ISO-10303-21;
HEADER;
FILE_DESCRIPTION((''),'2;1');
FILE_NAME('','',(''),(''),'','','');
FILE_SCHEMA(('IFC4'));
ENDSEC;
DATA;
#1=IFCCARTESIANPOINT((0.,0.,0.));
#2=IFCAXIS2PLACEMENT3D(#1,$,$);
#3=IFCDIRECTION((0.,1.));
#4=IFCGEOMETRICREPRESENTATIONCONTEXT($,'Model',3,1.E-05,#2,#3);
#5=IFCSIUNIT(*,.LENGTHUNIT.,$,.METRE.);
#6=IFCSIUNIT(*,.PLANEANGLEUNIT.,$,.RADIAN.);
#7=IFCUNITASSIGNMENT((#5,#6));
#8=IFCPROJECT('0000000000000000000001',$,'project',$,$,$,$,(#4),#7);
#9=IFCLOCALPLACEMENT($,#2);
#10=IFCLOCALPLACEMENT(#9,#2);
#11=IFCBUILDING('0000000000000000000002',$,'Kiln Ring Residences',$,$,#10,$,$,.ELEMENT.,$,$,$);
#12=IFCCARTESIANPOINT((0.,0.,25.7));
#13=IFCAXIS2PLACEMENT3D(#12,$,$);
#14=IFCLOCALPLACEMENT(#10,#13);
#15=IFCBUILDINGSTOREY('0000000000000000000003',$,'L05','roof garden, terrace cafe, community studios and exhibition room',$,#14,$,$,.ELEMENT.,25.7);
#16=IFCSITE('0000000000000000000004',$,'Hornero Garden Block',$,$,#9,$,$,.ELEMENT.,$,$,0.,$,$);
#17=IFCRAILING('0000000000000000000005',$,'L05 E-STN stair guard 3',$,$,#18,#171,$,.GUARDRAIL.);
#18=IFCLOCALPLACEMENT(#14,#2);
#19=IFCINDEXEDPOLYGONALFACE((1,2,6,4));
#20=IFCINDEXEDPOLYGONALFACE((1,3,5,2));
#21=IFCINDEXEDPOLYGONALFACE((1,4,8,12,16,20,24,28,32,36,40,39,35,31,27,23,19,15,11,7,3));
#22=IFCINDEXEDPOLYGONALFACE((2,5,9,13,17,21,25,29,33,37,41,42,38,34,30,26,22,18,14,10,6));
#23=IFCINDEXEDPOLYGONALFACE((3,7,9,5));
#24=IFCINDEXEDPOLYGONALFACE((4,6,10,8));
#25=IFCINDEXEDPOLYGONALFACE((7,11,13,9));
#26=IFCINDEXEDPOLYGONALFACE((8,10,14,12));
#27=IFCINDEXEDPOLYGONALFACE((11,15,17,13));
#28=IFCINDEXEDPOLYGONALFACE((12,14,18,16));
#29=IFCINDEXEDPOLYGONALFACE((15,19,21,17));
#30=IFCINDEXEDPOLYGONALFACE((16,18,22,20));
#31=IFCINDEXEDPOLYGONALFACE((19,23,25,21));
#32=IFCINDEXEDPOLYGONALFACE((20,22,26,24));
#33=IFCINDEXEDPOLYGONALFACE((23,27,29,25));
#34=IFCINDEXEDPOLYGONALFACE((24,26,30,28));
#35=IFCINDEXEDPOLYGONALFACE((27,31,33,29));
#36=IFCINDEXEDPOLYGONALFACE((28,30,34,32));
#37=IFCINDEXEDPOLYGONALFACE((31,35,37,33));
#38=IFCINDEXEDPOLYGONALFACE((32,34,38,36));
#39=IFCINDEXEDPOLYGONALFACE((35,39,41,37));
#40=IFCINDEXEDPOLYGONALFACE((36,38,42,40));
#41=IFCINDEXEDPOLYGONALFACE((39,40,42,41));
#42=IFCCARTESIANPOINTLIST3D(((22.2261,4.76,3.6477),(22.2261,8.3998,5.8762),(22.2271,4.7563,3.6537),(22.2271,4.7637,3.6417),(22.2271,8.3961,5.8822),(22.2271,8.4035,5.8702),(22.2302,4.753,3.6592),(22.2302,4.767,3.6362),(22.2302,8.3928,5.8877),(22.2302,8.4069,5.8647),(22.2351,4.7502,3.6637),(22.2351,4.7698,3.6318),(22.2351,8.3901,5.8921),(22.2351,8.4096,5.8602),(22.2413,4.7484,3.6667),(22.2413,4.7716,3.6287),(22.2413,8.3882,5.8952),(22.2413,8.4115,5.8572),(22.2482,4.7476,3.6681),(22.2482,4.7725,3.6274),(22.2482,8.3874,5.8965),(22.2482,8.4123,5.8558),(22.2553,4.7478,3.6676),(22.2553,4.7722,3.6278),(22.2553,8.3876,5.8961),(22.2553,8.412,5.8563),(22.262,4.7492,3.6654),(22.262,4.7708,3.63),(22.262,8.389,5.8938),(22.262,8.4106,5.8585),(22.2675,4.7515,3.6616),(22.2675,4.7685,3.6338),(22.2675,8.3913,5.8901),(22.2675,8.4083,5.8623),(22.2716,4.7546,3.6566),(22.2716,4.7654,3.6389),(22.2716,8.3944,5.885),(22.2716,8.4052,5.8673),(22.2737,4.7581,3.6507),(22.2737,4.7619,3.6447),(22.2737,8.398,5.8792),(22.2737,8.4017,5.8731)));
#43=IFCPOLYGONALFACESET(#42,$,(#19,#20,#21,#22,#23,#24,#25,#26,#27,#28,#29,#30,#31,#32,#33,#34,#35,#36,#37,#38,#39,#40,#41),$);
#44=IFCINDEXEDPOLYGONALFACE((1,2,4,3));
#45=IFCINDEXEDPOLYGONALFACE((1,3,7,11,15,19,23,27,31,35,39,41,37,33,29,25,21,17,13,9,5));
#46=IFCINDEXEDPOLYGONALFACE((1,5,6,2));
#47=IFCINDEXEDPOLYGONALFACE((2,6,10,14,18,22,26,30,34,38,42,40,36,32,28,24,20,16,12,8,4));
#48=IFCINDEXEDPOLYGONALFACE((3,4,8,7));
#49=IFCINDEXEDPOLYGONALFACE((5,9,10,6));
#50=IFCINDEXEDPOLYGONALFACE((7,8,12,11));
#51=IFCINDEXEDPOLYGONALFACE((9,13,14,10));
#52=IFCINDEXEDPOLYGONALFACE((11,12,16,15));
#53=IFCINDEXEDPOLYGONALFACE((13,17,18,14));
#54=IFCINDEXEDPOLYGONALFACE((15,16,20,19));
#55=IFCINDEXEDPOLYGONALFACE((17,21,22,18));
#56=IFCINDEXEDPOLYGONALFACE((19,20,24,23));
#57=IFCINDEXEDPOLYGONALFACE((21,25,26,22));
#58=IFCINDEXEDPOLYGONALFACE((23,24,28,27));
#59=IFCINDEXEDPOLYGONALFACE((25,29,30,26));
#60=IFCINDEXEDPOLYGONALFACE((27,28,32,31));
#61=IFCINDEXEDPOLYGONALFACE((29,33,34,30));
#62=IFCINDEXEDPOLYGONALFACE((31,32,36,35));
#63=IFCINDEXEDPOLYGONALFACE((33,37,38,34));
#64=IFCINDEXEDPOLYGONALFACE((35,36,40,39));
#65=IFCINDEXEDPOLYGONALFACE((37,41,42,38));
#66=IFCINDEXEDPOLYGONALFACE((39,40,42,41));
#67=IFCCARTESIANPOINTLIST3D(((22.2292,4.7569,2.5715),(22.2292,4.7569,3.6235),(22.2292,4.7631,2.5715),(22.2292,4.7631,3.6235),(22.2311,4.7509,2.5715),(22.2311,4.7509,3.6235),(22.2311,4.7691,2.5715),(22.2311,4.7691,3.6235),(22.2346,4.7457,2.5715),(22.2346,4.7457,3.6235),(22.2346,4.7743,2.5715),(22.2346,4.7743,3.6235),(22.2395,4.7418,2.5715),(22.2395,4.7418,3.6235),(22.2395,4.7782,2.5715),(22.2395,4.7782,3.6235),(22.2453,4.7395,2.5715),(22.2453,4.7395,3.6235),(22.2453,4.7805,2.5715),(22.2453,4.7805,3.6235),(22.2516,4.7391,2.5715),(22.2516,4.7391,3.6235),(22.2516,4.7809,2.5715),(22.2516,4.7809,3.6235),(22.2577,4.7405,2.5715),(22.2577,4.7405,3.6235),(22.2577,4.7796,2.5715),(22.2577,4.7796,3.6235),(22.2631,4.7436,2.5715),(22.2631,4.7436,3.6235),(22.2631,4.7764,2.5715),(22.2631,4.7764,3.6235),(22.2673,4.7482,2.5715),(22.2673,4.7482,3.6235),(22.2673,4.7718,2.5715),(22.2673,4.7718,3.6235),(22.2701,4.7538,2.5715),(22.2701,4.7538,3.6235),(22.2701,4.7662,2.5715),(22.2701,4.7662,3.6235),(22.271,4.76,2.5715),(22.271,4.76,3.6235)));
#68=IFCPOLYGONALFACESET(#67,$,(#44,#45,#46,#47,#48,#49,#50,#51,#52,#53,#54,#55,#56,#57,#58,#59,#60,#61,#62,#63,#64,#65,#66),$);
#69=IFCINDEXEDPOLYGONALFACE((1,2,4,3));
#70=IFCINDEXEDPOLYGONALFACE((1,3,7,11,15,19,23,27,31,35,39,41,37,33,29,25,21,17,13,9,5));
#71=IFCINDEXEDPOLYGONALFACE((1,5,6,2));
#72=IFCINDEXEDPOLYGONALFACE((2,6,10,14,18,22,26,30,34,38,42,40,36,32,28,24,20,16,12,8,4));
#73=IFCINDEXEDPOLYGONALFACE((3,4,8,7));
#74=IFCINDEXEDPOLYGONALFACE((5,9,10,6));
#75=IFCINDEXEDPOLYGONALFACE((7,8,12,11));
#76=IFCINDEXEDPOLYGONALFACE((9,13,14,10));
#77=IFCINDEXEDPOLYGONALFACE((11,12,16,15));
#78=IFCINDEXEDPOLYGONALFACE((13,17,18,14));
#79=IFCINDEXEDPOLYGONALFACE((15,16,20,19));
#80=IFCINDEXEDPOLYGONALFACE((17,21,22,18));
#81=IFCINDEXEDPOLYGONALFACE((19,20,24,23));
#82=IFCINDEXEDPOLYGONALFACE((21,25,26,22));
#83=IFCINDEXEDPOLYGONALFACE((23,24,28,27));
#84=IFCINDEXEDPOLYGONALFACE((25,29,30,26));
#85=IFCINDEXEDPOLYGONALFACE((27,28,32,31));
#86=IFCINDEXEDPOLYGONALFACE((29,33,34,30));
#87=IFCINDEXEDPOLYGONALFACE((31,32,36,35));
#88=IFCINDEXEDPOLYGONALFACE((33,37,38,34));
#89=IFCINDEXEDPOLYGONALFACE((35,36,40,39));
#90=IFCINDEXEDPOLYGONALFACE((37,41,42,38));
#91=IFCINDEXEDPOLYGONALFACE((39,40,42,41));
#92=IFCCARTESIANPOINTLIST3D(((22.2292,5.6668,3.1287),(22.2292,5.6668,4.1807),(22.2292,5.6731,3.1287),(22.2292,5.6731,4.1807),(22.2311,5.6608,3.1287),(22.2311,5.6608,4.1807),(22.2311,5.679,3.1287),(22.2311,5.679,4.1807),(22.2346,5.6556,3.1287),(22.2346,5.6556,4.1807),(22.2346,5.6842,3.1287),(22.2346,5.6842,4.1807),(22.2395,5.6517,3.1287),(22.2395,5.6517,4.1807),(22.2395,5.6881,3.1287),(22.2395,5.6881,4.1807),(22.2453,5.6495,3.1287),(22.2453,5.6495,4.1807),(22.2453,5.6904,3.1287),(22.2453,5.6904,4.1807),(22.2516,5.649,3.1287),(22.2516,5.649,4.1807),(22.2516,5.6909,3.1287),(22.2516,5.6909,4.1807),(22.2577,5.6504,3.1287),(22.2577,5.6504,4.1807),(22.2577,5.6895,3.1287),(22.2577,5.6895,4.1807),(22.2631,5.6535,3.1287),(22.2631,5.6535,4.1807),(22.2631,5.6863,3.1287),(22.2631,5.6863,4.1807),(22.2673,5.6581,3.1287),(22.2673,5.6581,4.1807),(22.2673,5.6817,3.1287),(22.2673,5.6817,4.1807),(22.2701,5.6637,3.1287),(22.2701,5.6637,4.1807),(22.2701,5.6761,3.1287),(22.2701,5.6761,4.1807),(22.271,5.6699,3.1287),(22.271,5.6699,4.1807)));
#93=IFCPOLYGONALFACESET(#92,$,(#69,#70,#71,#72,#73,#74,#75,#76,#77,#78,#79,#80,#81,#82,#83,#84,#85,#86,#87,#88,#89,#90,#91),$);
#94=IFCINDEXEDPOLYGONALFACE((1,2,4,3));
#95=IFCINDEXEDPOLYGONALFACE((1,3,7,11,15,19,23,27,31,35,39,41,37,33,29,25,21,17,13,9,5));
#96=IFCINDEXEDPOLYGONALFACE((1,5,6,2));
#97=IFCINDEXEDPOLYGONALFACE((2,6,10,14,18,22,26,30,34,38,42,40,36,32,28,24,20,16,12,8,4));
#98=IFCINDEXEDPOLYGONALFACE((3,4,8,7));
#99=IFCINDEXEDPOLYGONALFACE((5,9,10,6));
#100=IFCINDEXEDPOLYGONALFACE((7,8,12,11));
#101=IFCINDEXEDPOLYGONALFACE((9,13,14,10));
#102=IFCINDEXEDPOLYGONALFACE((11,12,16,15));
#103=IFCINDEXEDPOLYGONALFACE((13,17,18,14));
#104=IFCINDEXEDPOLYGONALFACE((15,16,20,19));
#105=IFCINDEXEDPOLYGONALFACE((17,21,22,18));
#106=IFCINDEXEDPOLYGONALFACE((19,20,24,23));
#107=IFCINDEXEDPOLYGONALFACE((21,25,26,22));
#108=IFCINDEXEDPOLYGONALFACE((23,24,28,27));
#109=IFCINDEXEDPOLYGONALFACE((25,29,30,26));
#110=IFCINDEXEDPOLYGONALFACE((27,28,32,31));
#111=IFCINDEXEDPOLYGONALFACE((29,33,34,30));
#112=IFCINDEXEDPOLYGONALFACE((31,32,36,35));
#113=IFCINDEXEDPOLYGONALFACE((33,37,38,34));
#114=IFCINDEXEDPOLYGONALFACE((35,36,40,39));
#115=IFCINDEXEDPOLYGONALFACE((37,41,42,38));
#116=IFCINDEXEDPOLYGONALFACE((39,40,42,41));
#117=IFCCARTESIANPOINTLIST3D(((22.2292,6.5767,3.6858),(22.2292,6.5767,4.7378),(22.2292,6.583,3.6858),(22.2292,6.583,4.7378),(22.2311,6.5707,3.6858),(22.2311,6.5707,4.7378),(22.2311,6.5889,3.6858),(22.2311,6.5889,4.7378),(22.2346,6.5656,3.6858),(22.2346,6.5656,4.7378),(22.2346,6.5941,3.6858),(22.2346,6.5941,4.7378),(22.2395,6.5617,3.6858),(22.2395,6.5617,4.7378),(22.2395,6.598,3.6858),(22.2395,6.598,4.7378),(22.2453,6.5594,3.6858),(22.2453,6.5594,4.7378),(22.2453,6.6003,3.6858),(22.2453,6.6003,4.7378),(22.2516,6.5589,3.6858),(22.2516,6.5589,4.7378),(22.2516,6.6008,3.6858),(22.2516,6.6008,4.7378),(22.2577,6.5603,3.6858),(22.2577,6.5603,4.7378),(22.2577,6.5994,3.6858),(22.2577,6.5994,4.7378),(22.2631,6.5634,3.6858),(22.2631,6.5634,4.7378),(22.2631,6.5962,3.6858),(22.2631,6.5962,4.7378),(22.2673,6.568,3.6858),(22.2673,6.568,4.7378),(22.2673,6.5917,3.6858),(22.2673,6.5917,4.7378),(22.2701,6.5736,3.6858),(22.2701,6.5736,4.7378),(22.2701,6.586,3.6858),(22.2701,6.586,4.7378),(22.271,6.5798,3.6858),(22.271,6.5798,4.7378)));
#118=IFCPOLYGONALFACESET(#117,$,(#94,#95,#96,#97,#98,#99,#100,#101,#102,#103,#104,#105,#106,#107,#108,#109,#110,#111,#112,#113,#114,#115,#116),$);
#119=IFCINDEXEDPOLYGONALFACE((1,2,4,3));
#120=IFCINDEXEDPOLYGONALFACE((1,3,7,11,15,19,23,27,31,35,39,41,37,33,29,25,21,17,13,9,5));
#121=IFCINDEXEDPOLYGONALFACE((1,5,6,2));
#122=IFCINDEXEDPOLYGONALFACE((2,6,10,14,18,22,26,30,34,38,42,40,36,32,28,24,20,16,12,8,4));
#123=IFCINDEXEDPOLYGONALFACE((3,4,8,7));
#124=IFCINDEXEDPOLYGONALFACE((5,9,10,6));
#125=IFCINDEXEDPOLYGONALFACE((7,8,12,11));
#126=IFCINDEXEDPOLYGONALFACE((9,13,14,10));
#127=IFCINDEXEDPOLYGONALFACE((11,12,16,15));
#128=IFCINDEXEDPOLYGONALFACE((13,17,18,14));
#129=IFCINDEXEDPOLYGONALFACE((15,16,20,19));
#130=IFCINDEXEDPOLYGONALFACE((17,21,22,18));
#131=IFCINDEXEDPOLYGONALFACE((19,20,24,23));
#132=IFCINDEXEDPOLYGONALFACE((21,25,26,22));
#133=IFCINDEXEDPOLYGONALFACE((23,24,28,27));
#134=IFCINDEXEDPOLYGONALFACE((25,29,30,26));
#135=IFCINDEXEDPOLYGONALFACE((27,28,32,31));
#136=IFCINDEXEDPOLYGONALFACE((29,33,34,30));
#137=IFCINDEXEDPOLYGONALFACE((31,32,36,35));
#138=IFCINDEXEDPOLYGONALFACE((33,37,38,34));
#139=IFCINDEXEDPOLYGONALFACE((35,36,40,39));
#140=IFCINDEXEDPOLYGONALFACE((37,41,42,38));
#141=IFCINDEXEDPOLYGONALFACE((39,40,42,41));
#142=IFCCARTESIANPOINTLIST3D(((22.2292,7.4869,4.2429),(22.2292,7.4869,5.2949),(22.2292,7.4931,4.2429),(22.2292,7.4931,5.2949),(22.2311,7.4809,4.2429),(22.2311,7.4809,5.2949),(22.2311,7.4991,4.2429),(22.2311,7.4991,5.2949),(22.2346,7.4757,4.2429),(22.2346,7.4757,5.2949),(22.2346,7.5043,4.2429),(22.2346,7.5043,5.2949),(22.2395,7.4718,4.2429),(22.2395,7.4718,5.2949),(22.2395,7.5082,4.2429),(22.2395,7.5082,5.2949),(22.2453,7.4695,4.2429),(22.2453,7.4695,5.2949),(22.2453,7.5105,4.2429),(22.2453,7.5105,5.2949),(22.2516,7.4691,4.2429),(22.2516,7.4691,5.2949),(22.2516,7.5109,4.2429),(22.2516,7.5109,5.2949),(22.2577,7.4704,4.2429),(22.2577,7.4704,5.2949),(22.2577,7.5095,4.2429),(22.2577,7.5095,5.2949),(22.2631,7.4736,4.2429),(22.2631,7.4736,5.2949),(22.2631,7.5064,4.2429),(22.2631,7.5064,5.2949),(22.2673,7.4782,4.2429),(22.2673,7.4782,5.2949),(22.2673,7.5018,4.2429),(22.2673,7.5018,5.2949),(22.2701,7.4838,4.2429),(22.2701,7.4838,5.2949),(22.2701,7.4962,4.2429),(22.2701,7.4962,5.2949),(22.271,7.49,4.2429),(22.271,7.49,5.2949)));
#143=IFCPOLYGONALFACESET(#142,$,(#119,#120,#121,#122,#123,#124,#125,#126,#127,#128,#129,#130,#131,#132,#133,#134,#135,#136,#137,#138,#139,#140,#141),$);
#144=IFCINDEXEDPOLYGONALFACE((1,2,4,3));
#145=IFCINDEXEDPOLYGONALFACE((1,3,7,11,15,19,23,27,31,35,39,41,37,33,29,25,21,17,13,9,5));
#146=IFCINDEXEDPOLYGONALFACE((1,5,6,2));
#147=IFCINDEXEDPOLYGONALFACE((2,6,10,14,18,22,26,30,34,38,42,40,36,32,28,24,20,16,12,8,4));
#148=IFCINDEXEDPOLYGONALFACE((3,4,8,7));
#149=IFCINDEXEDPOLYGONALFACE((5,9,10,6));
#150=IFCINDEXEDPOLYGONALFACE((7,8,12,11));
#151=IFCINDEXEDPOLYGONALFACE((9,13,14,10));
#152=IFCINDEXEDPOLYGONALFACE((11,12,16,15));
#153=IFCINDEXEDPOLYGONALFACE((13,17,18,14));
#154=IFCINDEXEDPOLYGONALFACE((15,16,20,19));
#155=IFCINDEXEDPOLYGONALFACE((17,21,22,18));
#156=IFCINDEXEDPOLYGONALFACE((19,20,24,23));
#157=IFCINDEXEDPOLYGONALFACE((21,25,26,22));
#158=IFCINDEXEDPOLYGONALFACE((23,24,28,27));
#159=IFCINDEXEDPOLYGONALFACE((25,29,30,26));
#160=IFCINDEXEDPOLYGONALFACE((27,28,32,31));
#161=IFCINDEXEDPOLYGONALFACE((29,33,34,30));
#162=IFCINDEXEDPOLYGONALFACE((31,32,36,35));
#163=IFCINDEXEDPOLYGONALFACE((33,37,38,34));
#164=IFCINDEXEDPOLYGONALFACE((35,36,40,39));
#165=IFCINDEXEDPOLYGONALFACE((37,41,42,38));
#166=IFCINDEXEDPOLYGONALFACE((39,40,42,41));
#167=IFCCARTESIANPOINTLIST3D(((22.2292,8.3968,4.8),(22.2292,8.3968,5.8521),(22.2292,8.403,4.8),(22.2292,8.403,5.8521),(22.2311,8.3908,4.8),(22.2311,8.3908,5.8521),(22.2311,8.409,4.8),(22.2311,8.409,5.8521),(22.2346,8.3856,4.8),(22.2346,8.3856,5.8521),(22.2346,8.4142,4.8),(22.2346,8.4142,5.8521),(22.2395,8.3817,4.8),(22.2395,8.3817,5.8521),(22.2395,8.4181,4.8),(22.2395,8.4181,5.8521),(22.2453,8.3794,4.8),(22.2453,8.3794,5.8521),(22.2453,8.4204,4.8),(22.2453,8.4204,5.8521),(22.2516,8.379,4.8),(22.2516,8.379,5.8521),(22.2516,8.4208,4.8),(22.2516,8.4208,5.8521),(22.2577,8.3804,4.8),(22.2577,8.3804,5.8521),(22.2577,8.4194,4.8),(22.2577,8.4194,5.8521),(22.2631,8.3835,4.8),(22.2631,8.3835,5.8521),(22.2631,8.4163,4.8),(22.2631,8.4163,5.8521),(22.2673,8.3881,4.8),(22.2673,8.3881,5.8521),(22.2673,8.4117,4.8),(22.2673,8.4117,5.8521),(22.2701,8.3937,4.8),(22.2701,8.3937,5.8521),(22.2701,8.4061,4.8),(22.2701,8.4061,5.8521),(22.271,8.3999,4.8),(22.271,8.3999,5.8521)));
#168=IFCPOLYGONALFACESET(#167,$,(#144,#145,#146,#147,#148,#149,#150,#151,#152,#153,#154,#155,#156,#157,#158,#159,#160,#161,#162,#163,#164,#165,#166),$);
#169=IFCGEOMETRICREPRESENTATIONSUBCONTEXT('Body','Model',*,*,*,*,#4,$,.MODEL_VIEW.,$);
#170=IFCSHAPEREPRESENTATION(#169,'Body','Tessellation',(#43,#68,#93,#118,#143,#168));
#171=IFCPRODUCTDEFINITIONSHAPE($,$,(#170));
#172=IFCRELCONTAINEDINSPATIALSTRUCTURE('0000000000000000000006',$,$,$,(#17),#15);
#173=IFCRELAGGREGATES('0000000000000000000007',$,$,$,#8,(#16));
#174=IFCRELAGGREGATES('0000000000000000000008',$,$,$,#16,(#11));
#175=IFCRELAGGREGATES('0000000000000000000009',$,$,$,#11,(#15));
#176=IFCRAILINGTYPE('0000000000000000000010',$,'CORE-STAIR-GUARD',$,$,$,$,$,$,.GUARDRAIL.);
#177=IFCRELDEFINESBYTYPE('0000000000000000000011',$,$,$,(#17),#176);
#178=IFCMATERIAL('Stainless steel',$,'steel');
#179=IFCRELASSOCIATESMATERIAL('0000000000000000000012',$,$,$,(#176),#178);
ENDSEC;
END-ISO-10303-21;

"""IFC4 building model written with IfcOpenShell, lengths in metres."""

from ifc_helpers import new_model, si_unit, direction, frame, origin, origin_2d, place, context, subcontext, project, spatial, circle, extrude, material, type_object, element, save


model = new_model("IFC4")

# Units and contexts
model_context = context("Model", 3, precision=1e-05, world=origin(), true_north=direction((0.0, 1.0)))
body_context = subcontext(model_context, "Body", "Model", "MODEL_VIEW")
ifc_project = project(units=[si_unit("LENGTHUNIT", "METRE"), si_unit("PLANEANGLEUNIT", "RADIAN")], contexts=[model_context])

# Site, building, storey
site_placement = place(None, origin())
site = spatial("IfcSite", under=ifc_project, at=site_placement, Name="Hornero Garden Block", CompositionType="ELEMENT", RefElevation=0.0)
building_placement = place(site_placement, origin())
building = spatial("IfcBuilding", under=site, at=building_placement, Name="Kiln Ring Residences", CompositionType="ELEMENT")
storey_placement = place(building_placement, frame((0.0, 0.0, 25.7)))
storey = spatial("IfcBuildingStorey", under=building, at=storey_placement, Name="L05", Description="roof garden, terrace cafe, community studios and exhibition room", CompositionType="ELEMENT", Elevation=25.7)

# Railing
ifc_material_1 = material(Name="Stainless steel", Category="steel")
railing_type_1 = type_object("IfcRailingType", Name="CORE-STAIR-GUARD", PredefinedType="GUARDRAIL", material=ifc_material_1)
railing_1_placement = place(storey_placement, frame((22.25, 4.76, 2.5715)))
element("IfcRailing", 1, at=railing_1_placement, inside=storey, type_object=railing_type_1, Name="L05 E-STN stair guard 3", PredefinedType="GUARDRAIL", context=body_context, shape_type="SweptSolid", body=[
    extrude(circle(Radius=0.0239, at=origin_2d()), frame((0.0, 0.0, 1.0762), z_axis=(0.0, 0.85285, 0.522156), x_axis=(-1.0, 0.0, 0.0)), (0.0, 0.0, 1.0), 4.2678),
    extrude(circle(Radius=0.021, at=origin_2d()), origin(), (0.0, 0.0, 1.0), 1.052),
    extrude(circle(Radius=0.021, at=origin_2d()), frame((0.0, 0.9099, 0.5571)), (0.0, 0.0, 1.0), 1.052),
    extrude(circle(Radius=0.021, at=origin_2d()), frame((0.0, 1.8198, 1.1143)), (0.0, 0.0, 1.0), 1.052),
    extrude(circle(Radius=0.021, at=origin_2d()), frame((0.0, 2.73, 1.6714)), (0.0, 0.0, 1.0), 1.052),
    extrude(circle(Radius=0.021, at=origin_2d()), frame((0.0, 3.6399, 2.2285)), (0.0, 0.0, 1.0), 1.052),
])

save(model, "model.ifc")
